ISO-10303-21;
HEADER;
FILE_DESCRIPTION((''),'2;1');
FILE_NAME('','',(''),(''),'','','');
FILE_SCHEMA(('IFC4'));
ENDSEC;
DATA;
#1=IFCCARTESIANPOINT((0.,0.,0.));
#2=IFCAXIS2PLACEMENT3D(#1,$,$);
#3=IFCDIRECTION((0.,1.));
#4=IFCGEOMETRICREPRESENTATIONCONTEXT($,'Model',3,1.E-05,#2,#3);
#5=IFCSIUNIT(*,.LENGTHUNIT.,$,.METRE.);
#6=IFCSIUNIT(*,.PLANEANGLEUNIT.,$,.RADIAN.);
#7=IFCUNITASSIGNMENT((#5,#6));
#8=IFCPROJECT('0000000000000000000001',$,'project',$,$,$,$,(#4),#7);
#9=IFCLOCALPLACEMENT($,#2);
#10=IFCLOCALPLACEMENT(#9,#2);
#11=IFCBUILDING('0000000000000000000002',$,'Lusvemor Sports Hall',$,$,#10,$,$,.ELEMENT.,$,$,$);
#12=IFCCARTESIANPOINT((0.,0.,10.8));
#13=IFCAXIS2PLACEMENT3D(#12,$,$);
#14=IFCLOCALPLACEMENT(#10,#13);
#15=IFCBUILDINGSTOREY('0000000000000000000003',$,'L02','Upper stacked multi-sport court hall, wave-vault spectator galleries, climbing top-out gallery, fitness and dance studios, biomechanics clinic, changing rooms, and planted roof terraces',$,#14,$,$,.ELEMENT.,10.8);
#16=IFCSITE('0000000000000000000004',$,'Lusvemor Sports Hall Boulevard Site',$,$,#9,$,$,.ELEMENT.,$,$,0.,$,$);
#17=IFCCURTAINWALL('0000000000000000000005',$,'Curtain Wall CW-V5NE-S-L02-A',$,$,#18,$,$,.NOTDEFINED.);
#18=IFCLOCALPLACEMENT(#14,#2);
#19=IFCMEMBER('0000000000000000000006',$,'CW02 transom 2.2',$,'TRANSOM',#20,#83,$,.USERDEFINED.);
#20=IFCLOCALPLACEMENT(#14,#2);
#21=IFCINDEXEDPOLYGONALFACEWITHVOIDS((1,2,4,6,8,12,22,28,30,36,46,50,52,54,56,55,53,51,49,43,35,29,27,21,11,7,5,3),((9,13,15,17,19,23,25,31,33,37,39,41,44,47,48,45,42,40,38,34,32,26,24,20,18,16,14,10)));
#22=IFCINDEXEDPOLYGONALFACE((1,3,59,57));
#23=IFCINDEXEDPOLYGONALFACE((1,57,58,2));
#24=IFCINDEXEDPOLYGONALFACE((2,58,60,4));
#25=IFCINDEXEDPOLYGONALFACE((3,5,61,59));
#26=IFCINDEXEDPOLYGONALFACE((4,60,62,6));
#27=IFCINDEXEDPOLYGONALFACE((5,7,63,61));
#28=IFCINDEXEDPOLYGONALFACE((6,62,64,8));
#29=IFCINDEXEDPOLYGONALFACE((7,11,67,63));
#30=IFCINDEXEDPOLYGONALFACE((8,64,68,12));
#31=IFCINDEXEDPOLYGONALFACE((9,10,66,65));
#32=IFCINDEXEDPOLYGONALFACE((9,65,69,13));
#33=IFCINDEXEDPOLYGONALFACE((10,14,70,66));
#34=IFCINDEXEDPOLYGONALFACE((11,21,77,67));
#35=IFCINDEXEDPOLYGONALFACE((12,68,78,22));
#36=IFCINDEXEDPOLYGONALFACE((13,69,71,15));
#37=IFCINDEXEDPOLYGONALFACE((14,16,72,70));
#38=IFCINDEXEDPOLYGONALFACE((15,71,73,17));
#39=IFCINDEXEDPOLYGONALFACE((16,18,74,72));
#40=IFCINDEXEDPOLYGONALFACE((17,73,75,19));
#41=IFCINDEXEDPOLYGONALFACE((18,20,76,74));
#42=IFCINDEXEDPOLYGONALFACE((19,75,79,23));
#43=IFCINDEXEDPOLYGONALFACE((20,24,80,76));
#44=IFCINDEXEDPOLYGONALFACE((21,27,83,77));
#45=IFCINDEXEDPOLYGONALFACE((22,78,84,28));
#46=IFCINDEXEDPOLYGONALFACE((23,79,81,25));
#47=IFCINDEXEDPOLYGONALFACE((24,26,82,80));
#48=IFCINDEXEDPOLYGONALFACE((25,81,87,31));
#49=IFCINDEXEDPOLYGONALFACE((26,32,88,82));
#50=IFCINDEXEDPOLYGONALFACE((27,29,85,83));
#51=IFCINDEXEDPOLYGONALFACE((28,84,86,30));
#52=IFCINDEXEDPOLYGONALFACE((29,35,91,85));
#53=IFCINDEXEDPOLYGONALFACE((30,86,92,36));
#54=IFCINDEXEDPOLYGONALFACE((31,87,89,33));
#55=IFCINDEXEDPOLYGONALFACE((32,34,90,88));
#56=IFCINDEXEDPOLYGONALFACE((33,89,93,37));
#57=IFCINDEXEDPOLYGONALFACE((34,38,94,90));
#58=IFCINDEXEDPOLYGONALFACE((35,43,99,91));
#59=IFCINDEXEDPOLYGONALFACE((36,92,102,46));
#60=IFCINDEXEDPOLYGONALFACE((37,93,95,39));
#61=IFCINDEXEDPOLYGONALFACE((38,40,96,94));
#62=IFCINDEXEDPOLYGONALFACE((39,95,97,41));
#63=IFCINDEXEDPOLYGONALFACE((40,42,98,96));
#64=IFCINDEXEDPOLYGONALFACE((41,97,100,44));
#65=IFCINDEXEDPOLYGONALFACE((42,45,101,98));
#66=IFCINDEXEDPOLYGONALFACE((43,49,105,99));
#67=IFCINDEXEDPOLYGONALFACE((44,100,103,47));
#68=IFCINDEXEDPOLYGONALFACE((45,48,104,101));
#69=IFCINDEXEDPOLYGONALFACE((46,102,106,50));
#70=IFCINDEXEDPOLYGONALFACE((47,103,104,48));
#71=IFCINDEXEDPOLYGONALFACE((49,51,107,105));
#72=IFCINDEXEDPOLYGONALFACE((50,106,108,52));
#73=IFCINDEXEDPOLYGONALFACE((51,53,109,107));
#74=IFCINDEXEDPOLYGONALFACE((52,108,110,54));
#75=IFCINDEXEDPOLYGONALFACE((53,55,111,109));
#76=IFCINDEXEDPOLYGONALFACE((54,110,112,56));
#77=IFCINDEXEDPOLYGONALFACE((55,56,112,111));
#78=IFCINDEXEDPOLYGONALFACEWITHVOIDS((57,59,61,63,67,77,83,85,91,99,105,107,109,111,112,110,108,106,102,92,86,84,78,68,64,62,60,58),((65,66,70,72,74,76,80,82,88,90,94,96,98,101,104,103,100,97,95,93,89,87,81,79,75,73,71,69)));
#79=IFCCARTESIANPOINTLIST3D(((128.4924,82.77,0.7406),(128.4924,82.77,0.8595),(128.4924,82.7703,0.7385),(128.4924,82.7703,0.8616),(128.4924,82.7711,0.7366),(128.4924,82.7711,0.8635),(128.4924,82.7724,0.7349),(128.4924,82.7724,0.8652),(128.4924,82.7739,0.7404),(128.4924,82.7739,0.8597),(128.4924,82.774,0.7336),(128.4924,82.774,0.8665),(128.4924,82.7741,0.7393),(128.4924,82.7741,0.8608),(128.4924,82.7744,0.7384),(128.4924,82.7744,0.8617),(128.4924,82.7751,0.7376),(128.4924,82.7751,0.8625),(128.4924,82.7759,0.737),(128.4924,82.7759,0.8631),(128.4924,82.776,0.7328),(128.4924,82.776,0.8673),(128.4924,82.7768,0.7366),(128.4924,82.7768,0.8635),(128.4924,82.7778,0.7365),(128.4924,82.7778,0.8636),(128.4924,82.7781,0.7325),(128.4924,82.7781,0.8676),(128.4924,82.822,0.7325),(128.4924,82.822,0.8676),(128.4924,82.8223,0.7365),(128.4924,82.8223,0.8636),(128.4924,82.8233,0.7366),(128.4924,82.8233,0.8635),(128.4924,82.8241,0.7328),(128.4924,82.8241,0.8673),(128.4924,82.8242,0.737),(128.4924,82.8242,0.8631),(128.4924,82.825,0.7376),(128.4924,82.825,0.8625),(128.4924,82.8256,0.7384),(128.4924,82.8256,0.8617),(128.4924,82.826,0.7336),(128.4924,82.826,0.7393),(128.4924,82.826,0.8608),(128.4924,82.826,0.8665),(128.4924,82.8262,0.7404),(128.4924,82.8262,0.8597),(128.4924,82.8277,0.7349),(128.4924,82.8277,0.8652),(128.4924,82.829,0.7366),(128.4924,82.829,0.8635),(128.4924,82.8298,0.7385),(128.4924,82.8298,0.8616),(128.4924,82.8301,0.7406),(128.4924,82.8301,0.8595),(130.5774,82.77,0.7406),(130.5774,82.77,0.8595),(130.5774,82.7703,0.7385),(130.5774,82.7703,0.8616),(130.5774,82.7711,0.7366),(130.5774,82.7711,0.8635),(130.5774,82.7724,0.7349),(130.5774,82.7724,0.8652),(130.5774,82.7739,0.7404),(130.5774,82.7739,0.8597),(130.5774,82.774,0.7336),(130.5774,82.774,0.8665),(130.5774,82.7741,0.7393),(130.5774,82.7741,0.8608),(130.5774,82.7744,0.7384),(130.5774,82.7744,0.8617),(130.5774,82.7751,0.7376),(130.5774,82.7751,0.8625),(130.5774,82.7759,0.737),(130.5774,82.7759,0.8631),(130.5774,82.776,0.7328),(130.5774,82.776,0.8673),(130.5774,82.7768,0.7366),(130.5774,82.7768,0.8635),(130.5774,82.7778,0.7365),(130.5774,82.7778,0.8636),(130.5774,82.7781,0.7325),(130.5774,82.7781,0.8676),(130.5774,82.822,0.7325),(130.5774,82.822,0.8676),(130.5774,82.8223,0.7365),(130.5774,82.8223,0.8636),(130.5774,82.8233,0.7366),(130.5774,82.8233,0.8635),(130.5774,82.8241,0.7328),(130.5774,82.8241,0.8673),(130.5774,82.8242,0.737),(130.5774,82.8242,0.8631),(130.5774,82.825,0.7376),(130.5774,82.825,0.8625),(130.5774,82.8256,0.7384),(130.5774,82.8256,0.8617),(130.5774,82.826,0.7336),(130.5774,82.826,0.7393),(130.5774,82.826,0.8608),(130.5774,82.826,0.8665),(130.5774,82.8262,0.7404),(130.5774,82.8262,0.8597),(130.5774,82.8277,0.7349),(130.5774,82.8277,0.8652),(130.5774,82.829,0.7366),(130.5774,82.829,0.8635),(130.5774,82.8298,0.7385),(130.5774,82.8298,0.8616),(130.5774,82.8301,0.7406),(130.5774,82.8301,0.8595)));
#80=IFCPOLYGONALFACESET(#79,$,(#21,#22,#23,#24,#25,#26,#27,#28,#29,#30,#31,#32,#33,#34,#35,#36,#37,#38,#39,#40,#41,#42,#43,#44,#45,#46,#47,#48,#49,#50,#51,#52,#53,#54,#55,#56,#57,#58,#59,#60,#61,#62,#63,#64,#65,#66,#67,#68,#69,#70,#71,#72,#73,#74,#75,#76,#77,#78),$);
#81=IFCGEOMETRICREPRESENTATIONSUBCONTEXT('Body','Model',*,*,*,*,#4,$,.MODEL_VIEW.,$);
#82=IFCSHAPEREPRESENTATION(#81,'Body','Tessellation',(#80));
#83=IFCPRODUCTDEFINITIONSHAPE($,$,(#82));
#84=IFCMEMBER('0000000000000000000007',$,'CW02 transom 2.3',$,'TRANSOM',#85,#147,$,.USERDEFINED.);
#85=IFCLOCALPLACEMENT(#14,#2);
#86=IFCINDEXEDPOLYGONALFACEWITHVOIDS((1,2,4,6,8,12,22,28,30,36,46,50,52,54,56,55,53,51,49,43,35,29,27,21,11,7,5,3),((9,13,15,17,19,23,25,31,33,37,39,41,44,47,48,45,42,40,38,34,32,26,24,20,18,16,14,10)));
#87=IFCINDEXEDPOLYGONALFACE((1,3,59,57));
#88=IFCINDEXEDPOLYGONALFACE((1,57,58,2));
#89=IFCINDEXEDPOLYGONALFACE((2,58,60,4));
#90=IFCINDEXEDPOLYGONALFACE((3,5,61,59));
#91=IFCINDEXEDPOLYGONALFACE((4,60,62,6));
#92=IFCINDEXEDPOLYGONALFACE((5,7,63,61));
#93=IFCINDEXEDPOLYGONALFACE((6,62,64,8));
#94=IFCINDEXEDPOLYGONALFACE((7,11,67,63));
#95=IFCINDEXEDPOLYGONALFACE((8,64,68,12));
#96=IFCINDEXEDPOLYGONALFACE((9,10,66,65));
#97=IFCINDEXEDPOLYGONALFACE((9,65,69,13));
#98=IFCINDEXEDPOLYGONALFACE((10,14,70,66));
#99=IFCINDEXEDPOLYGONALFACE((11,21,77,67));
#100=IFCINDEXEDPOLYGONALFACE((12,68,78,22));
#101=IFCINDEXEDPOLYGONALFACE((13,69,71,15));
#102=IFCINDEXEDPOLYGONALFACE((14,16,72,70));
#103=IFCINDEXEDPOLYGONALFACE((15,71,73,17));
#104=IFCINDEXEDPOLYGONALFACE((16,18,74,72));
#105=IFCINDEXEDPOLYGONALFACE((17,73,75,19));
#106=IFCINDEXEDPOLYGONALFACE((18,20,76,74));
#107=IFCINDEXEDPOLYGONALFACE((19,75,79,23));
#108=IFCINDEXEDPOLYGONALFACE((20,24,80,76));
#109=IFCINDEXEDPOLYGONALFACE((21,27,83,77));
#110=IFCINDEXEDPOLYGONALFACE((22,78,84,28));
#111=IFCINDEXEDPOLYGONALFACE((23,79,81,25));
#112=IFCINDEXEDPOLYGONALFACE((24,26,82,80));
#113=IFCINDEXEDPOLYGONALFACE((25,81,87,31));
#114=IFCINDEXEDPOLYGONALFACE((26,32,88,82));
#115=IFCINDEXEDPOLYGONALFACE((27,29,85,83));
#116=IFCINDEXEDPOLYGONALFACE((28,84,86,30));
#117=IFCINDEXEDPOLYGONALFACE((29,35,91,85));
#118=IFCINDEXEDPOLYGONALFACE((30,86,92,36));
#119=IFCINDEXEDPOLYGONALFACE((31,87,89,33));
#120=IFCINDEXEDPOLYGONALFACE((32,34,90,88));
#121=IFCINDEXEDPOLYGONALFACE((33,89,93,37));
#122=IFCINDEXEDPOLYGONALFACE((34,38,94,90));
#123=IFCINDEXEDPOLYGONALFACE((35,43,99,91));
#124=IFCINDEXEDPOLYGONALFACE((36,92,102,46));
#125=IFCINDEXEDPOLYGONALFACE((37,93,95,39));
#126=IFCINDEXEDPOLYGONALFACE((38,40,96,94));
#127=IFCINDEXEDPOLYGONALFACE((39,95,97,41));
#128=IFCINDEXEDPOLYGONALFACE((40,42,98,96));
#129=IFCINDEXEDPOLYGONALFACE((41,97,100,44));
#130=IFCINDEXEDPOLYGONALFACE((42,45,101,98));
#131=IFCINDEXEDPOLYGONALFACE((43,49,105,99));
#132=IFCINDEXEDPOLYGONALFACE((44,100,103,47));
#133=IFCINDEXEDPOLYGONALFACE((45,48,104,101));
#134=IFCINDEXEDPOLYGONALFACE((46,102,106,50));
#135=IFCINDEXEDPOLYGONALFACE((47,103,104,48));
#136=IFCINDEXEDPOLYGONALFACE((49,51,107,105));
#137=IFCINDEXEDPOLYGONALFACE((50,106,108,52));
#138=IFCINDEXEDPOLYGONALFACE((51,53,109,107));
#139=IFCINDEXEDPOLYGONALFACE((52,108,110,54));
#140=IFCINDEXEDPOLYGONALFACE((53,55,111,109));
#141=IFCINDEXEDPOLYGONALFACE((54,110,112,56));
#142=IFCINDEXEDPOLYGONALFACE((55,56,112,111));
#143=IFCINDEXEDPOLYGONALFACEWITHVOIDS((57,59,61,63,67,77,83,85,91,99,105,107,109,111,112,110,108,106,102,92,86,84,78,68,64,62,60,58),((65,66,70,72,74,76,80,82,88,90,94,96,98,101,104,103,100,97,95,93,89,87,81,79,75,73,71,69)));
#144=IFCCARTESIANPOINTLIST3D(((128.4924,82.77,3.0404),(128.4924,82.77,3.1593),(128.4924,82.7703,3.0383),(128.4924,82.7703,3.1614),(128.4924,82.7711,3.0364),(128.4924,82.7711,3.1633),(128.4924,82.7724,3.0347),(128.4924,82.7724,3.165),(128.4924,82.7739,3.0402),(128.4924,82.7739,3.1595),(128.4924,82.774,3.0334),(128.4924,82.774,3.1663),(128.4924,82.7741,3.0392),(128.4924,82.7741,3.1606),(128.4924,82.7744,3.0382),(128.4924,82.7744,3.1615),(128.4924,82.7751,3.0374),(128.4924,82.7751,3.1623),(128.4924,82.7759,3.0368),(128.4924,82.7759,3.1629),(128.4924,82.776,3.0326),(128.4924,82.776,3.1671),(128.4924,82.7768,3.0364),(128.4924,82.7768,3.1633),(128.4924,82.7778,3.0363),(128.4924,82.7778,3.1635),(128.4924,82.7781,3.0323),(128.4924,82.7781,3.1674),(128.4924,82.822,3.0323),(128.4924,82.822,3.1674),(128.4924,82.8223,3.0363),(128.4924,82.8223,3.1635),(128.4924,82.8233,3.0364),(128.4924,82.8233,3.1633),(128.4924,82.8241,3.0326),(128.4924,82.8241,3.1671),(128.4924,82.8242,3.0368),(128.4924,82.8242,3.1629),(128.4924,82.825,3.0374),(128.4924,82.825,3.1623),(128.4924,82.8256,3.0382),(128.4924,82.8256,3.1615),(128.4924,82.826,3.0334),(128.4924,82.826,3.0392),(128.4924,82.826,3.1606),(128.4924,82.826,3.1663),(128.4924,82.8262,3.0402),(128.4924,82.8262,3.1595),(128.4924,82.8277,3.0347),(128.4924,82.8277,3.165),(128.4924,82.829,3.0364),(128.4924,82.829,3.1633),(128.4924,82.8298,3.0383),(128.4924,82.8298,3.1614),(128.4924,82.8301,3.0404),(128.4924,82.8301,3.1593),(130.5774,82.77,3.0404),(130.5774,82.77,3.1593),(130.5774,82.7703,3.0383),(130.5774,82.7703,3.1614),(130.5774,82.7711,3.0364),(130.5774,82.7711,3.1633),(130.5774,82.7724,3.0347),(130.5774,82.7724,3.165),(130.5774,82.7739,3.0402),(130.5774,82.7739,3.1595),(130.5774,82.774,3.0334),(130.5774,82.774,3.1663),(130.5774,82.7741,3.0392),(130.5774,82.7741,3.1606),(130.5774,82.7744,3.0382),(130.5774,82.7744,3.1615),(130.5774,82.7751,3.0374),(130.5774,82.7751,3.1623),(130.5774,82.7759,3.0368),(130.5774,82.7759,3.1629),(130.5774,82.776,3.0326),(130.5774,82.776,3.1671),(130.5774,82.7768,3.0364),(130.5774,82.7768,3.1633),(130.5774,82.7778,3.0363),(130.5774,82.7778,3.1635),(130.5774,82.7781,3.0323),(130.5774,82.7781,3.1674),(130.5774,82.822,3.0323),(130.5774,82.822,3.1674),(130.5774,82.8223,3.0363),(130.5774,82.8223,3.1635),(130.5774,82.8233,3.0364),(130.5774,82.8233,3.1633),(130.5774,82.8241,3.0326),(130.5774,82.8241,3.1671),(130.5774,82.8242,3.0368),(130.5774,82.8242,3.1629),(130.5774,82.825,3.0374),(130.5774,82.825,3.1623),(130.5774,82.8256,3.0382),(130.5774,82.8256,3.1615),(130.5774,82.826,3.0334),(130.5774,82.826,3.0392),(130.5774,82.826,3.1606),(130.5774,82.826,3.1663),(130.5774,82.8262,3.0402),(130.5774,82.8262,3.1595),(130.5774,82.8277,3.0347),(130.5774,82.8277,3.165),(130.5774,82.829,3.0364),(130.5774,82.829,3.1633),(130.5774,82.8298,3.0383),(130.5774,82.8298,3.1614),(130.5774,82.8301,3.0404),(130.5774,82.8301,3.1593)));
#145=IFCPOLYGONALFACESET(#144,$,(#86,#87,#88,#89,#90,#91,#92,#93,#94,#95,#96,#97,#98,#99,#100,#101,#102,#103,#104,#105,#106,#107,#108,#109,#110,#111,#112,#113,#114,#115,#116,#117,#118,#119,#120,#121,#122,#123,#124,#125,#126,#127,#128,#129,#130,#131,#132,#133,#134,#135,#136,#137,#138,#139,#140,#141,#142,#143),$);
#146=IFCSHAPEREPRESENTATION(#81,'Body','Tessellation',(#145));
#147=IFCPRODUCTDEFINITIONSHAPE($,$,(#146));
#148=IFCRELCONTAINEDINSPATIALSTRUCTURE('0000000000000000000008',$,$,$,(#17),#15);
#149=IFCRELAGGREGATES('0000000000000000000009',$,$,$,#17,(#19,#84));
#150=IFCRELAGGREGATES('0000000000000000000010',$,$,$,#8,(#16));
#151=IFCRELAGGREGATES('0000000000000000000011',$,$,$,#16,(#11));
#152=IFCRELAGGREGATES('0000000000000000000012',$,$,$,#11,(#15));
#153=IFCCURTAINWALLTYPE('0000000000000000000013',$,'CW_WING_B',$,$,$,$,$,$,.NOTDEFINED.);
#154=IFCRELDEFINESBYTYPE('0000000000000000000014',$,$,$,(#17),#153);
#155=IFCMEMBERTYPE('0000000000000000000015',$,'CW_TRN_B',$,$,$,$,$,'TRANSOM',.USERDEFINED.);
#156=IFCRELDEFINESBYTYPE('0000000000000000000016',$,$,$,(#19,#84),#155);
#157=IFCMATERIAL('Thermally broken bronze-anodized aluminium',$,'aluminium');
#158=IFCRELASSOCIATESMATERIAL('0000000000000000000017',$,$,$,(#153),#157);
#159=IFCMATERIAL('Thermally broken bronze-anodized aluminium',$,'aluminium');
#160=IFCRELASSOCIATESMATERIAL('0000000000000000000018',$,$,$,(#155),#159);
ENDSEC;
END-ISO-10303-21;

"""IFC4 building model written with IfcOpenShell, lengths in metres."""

from ifc_helpers import new_model, si_unit, direction, frame, origin, origin_2d, place, context, subcontext, project, spatial, hollow_rectangle, extrude, material, material_profile, profile_set, type_object, element, aggregate, save


model = new_model("IFC4")

# Units and contexts
model_context = context("Model", 3, precision=1e-05, world=origin(), true_north=direction((0.0, 1.0)))
body_context = subcontext(model_context, "Body", "Model", "MODEL_VIEW")
ifc_project = project(units=[si_unit("LENGTHUNIT", "METRE"), si_unit("PLANEANGLEUNIT", "RADIAN")], contexts=[model_context])

# Site, building, storey
site_placement = place(None, origin())
site = spatial("IfcSite", under=ifc_project, at=site_placement, Name="Lusvemor Sports Hall Boulevard Site", CompositionType="ELEMENT", RefElevation=0.0)
building_placement = place(site_placement, origin())
building = spatial("IfcBuilding", under=site, at=building_placement, Name="Lusvemor Sports Hall", CompositionType="ELEMENT")
storey_placement = place(building_placement, frame((0.0, 0.0, 10.8)))
storey = spatial("IfcBuildingStorey", under=building, at=storey_placement, Name="L02", Description="Upper stacked multi-sport court hall, wave-vault spectator galleries, climbing top-out gallery, fitness and dance studios, biomechanics clinic, changing rooms, and planted roof terraces", CompositionType="ELEMENT", Elevation=10.8)

# Curtain wall, members
ifc_material_1 = material(Name="Thermally broken bronze-anodized aluminium", Category="aluminium")
curtain_wall_type = type_object("IfcCurtainWallType", Name="CW_WING_B", PredefinedType="NOTDEFINED", material=ifc_material_1)
curtain_wall_placement = place(storey_placement, origin())
curtain_wall = element("IfcCurtainWall", 1, at=curtain_wall_placement, inside=storey, type_object=curtain_wall_type, Name="Curtain Wall CW-V5NE-S-L02-A", PredefinedType="NOTDEFINED")
ifc_material_2 = material(Name="Thermally broken bronze-anodized aluminium", Category="aluminium")
ifc_material_profile_1 = material_profile(ifc_material_2, hollow_rectangle(XDim=0.0601, YDim=0.135, WallThickness=0.0039, InnerFilletRadius=0.0039, OuterFilletRadius=0.0081, at=origin_2d()), Name="CWTRN135x60x4")
ifc_profile_set_1 = profile_set([ifc_material_profile_1], Name="Thermally broken bronze-anodized aluminium")
member_type_1 = type_object("IfcMemberType", Name="CW_TRN_B", ElementType="TRANSOM", PredefinedType="USERDEFINED", material=ifc_profile_set_1)
member_1_placement = place(storey_placement, frame((130.5774, 82.8, 0.8), z_axis=(-1.0, 0.0, 0.0), x_axis=(0.0, -1.0, 0.0)))
member_1 = element("IfcMember", 2, at=member_1_placement, type_object=member_type_1, Name="CW02 transom 2.2", ObjectType="TRANSOM", PredefinedType="USERDEFINED", context=body_context, shape_type="SweptSolid", body=[
    extrude(hollow_rectangle(XDim=0.0601, YDim=0.135, WallThickness=0.0039, InnerFilletRadius=0.0039, OuterFilletRadius=0.0081, at=origin_2d()), origin(), (0.0, 0.0, 1.0), 2.085),
])
member_2_placement = place(storey_placement, frame((130.5774, 82.8, 3.0999), z_axis=(-1.0, 0.0, 0.0), x_axis=(0.0, -1.0, 0.0)))
member_2 = element("IfcMember", 3, at=member_2_placement, type_object=member_type_1, Name="CW02 transom 2.3", ObjectType="TRANSOM", PredefinedType="USERDEFINED", context=body_context, shape_type="SweptSolid", body=[
    extrude(hollow_rectangle(XDim=0.0601, YDim=0.135, WallThickness=0.0039, InnerFilletRadius=0.0039, OuterFilletRadius=0.0081, at=origin_2d()), origin(), (0.0, 0.0, 1.0), 2.085),
])

aggregate(curtain_wall, [member_1, member_2])

save(model, "model.ifc")
